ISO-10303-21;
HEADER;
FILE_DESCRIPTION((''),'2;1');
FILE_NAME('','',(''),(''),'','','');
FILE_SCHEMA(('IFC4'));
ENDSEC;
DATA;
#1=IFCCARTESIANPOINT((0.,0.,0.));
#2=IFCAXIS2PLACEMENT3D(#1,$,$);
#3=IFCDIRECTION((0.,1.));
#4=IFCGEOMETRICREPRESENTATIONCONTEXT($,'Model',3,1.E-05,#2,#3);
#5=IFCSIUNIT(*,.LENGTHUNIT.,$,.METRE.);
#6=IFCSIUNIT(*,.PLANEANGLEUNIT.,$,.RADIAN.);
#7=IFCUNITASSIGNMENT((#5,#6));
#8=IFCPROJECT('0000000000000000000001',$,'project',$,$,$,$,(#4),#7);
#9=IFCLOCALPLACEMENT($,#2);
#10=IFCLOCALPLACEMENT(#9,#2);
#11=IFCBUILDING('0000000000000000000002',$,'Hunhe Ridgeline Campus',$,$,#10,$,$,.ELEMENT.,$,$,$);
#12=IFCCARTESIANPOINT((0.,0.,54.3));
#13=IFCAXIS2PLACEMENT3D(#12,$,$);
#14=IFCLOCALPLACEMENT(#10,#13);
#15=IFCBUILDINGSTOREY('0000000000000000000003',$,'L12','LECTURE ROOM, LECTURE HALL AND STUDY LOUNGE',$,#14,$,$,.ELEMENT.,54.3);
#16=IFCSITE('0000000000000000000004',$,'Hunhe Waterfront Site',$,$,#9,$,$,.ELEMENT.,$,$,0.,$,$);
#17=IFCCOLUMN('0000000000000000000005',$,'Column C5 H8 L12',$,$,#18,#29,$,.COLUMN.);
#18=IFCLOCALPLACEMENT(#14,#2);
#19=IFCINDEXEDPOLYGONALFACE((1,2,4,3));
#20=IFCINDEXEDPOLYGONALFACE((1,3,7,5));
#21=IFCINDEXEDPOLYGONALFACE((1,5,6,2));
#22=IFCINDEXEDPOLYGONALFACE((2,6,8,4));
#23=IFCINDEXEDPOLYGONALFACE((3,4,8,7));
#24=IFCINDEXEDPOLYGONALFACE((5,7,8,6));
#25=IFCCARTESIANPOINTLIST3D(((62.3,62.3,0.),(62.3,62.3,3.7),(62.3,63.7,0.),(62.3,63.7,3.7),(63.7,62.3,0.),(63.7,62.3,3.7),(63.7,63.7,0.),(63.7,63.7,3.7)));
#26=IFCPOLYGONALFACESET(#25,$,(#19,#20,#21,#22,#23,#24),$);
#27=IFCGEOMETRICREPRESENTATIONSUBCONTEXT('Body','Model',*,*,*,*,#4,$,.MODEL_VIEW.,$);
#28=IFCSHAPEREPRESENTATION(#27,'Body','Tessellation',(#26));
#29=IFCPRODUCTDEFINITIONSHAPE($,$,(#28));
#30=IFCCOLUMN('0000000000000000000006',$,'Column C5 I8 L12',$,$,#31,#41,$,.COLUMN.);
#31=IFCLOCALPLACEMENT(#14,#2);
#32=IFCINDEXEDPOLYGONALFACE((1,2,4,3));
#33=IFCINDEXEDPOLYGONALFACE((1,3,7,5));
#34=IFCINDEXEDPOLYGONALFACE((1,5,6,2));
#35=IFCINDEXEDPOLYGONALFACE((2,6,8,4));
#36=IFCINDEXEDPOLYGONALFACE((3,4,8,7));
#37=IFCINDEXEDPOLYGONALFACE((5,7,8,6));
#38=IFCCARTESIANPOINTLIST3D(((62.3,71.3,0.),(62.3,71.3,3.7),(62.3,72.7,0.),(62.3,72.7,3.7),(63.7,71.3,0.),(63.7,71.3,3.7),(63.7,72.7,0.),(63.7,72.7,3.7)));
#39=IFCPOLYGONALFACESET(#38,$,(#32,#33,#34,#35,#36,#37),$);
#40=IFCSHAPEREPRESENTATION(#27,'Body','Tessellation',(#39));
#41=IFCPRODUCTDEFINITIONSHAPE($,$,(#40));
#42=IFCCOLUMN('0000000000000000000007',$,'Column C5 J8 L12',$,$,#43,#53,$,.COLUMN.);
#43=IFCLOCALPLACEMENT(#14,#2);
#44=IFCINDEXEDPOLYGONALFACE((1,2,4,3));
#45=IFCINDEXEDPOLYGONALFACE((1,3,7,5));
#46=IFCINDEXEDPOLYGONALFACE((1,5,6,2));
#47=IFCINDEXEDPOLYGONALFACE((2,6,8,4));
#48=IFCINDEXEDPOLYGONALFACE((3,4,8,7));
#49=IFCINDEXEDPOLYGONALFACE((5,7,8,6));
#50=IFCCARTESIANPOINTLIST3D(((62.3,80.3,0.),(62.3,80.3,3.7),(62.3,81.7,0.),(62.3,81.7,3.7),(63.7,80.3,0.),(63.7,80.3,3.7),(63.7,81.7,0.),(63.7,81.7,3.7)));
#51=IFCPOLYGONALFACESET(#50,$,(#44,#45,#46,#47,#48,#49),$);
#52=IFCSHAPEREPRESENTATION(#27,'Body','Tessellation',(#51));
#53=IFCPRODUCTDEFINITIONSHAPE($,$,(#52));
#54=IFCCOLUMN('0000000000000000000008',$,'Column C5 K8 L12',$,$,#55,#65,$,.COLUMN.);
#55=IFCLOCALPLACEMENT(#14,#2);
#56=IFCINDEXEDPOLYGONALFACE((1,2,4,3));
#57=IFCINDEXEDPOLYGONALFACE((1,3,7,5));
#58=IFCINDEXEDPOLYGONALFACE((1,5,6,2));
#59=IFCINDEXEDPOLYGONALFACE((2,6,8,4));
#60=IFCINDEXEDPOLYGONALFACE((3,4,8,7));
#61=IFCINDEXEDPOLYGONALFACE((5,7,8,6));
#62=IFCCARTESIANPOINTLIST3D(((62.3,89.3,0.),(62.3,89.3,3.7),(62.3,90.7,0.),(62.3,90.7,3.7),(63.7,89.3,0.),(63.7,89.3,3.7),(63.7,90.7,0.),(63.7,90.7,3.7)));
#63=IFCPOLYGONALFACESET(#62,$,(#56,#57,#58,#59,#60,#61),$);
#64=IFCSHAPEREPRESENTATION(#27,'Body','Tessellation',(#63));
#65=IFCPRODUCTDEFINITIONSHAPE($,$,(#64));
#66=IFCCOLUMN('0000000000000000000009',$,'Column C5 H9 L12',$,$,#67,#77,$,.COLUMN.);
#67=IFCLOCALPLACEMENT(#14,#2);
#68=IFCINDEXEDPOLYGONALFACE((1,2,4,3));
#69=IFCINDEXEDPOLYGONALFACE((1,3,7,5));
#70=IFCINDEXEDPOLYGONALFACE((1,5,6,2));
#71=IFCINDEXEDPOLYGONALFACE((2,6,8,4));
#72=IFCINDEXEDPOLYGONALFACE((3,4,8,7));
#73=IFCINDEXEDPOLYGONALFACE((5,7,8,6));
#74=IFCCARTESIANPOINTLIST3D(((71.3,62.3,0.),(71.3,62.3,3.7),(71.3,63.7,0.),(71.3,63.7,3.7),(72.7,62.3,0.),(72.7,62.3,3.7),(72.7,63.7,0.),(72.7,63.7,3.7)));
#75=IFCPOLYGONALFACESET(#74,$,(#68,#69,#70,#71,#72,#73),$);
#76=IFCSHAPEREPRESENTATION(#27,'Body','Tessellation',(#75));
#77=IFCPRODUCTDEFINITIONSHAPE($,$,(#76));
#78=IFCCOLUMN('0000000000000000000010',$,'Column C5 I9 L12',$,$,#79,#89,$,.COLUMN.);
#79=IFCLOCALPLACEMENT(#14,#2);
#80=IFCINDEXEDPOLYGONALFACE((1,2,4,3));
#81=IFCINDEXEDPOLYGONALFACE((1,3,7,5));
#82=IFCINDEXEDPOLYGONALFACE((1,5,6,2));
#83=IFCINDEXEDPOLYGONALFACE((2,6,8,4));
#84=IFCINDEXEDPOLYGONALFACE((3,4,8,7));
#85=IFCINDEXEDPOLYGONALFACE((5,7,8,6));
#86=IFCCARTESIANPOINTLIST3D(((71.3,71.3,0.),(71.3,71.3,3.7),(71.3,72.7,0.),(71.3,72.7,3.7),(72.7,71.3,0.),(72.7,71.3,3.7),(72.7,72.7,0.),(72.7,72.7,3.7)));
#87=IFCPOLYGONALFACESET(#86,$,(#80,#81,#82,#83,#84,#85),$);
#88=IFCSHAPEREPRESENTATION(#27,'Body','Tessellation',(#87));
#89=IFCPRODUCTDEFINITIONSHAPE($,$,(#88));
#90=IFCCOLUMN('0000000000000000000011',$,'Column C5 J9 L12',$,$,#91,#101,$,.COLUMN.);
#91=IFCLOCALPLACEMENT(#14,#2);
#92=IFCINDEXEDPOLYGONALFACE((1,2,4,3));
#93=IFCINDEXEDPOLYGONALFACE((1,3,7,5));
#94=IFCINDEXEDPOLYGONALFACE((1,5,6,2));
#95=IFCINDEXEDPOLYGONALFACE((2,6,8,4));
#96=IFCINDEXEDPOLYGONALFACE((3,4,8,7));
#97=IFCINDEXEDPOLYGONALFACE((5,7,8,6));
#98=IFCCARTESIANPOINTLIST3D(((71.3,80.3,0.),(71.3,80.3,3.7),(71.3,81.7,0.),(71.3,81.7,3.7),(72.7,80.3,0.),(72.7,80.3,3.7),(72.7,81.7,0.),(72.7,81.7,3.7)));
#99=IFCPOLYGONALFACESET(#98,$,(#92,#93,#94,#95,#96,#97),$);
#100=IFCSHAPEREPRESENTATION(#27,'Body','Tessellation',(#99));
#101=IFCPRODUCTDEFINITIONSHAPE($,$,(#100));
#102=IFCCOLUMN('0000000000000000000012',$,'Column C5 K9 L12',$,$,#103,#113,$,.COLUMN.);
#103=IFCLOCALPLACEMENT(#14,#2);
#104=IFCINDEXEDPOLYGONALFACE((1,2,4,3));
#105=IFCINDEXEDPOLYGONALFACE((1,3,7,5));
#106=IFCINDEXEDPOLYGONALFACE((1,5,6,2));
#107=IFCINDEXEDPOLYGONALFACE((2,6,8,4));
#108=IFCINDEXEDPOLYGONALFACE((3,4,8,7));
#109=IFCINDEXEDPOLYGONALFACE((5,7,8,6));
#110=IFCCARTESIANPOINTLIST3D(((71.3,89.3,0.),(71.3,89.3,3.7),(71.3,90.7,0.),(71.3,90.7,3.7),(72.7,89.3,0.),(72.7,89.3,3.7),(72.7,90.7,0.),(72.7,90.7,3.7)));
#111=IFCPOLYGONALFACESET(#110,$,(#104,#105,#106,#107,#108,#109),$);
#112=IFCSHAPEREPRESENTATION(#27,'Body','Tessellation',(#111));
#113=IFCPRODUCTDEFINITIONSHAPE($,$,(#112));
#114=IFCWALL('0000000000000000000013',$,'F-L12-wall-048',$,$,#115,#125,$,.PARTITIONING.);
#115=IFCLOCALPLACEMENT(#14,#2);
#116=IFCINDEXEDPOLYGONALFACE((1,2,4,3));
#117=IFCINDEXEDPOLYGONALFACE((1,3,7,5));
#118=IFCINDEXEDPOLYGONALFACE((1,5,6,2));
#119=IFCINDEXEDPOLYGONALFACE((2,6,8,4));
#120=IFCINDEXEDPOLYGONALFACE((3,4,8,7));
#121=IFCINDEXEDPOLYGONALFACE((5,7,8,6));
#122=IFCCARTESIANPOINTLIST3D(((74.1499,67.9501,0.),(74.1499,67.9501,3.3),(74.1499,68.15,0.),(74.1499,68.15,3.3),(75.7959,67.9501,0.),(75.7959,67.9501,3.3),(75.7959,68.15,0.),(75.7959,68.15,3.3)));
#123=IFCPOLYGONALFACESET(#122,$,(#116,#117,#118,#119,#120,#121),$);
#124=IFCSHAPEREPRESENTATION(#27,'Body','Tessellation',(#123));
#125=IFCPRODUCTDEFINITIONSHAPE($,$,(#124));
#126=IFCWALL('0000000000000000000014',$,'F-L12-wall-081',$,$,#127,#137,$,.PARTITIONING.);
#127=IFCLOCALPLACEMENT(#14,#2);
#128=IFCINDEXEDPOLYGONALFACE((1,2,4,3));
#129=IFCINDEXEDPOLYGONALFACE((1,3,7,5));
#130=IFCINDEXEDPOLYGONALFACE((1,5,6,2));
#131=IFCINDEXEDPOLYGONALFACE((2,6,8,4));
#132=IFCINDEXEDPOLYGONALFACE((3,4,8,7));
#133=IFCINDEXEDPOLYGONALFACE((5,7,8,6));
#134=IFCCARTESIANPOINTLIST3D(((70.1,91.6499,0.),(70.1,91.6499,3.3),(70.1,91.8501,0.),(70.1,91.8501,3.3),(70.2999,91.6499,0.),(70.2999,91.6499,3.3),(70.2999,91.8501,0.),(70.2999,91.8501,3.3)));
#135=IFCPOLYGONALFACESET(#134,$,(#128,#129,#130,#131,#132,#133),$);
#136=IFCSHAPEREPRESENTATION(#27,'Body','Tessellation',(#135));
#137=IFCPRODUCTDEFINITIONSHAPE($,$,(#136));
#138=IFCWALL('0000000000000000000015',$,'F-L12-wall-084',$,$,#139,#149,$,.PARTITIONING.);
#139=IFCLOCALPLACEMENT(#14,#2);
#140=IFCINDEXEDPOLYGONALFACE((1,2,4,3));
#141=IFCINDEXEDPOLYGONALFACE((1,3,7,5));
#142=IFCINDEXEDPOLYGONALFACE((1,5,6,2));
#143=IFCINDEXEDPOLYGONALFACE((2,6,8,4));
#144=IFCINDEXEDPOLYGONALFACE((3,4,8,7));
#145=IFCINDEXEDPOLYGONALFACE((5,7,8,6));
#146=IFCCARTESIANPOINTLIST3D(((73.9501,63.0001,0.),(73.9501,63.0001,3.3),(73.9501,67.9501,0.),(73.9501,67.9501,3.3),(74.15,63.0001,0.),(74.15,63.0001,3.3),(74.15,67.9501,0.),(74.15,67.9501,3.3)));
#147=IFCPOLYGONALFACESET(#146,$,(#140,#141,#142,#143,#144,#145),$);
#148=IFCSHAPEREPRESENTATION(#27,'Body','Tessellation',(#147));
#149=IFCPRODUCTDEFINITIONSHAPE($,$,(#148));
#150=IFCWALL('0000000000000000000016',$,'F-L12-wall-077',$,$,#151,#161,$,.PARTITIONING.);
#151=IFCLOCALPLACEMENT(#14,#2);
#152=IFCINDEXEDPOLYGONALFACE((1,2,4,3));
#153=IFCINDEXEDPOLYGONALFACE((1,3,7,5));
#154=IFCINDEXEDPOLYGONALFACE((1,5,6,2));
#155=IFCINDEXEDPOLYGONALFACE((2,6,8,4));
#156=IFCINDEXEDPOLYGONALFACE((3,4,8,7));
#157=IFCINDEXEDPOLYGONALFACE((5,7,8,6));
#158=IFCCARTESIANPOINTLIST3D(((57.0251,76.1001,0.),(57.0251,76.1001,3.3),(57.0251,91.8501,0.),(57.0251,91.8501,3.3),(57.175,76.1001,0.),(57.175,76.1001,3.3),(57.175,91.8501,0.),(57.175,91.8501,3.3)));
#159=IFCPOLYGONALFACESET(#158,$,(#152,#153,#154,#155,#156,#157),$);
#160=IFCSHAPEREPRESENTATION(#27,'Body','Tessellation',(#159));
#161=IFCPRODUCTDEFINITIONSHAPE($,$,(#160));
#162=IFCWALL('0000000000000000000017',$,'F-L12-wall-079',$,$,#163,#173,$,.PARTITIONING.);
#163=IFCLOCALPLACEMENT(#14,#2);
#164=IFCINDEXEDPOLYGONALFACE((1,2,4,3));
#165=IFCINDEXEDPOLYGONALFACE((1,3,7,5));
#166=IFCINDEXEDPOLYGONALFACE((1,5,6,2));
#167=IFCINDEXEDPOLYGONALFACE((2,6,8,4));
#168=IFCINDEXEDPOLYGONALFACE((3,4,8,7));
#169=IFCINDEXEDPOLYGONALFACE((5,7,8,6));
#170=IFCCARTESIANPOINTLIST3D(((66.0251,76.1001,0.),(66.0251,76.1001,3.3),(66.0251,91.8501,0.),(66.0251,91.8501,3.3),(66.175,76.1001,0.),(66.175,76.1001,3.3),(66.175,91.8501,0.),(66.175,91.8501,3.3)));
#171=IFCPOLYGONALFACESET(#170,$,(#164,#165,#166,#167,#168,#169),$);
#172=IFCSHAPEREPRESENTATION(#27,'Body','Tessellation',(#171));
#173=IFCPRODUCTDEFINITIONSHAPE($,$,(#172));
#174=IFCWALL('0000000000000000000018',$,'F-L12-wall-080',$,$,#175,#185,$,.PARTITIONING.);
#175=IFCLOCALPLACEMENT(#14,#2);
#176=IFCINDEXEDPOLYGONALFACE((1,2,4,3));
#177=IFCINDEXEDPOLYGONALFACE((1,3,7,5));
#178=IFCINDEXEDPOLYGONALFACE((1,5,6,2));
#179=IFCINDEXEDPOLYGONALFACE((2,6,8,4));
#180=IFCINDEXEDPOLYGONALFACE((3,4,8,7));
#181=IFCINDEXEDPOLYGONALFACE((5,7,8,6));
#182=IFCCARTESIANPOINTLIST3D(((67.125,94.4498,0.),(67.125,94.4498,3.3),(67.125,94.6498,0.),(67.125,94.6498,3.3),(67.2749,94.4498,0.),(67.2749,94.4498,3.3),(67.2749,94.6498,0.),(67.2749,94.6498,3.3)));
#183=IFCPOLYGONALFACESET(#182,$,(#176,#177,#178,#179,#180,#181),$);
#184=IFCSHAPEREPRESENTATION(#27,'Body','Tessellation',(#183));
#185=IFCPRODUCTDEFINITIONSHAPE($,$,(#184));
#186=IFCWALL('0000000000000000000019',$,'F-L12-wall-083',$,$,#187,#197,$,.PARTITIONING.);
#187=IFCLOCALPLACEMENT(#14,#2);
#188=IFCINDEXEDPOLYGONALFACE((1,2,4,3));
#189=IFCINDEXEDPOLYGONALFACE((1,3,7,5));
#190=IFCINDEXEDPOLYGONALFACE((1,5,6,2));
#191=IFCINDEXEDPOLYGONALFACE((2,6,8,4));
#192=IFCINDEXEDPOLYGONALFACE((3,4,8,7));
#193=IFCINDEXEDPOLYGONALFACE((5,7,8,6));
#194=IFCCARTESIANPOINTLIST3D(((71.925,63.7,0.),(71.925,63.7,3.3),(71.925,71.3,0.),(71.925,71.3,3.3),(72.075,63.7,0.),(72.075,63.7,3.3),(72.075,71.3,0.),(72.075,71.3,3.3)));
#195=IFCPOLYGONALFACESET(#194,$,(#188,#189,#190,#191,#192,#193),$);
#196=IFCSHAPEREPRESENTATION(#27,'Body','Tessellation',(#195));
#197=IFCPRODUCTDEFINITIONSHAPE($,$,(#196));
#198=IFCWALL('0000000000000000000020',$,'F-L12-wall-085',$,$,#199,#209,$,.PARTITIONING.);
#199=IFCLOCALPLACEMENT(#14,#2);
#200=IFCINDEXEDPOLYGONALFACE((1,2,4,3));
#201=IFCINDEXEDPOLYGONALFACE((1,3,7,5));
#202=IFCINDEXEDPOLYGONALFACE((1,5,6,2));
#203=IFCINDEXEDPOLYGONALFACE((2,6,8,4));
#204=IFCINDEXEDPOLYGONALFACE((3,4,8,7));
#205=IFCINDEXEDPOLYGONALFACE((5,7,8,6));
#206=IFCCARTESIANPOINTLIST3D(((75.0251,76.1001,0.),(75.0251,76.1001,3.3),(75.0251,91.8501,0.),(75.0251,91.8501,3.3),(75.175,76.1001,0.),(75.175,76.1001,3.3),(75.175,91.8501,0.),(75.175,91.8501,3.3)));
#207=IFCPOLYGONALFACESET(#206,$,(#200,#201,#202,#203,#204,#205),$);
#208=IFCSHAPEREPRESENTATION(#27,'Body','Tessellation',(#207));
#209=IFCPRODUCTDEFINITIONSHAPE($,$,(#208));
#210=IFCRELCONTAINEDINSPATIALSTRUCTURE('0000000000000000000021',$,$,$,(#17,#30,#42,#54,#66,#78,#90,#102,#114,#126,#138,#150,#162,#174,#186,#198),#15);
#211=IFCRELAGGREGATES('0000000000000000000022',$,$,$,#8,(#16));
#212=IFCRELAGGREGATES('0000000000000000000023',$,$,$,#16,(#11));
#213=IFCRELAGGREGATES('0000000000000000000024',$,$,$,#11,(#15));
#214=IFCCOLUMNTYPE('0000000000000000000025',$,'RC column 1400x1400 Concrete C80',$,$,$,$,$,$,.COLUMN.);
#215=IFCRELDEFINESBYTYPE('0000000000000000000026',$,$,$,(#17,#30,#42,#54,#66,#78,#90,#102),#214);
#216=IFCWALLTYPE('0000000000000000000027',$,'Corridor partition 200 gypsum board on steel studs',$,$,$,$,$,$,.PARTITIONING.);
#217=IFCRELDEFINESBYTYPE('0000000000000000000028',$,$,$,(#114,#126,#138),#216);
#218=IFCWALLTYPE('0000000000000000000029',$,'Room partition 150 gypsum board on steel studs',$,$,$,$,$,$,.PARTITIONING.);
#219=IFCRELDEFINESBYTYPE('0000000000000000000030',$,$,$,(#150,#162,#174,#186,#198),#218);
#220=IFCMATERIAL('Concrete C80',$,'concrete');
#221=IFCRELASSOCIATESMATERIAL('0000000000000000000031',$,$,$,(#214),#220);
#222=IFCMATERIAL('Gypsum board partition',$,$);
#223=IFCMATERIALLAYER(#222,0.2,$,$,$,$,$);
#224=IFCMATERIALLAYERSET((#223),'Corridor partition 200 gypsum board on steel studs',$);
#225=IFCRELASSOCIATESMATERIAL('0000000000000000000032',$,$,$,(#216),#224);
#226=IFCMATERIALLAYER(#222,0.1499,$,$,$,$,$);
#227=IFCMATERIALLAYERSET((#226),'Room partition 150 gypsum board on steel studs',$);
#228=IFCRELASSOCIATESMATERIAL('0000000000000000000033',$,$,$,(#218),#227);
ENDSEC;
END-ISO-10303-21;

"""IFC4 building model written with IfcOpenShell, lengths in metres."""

from ifc_helpers import new_model, si_unit, direction, frame, frame_2d, origin, origin_2d, place, context, subcontext, project, spatial, rectangle, extrude, material, layer, layer_set, material_profile, profile_set, type_object, element, save


model = new_model("IFC4")

# Units and contexts
model_context = context("Model", 3, precision=1e-05, world=origin(), true_north=direction((0.0, 1.0)))
body_context = subcontext(model_context, "Body", "Model", "MODEL_VIEW")
ifc_project = project(units=[si_unit("LENGTHUNIT", "METRE"), si_unit("PLANEANGLEUNIT", "RADIAN")], contexts=[model_context])

# Site, building, storey
site_placement = place(None, origin())
site = spatial("IfcSite", under=ifc_project, at=site_placement, Name="Hunhe Waterfront Site", CompositionType="ELEMENT", RefElevation=0.0)
building_placement = place(site_placement, origin())
building = spatial("IfcBuilding", under=site, at=building_placement, Name="Hunhe Ridgeline Campus", CompositionType="ELEMENT")
storey_placement = place(building_placement, frame((0.0, 0.0, 54.3)))
storey = spatial("IfcBuildingStorey", under=building, at=storey_placement, Name="L12", Description="LECTURE ROOM, LECTURE HALL AND STUDY LOUNGE", CompositionType="ELEMENT", Elevation=54.3)

# Columns
ifc_material_1 = material(Name="Concrete C80", Category="concrete")
ifc_material_profile = material_profile(ifc_material_1, rectangle(XDim=1.3999, YDim=1.3999, at=origin_2d()))
ifc_profile_set = profile_set([ifc_material_profile], Name="Concrete C80")
column_type = type_object("IfcColumnType", Name="RC column 1400x1400 Concrete C80", PredefinedType="COLUMN", material=ifc_profile_set)
for number, where, z_axis, x_axis, name in (
    (1, (63.0, 63.0, 0.0), (0.0, 0.0, 1.0), (1.0, 0.0, 0.0), "Column C5 H8 L12"),
    (2, (63.0, 72.0, 0.0), (0.0, 0.0, 1.0), (1.0, 0.0, 0.0), "Column C5 I8 L12"),
    (3, (63.0, 81.0, 0.0), (0.0, 0.0, 1.0), (1.0, 0.0, 0.0), "Column C5 J8 L12"),
    (4, (63.0, 90.0, 0.0), (0.0, 0.0, 1.0), (1.0, 0.0, 0.0), "Column C5 K8 L12"),
    (5, (72.0, 63.0, 0.0), (0.0, 0.0, 1.0), (1.0, 0.0, 0.0), "Column C5 H9 L12"),
    (6, (72.0, 72.0, 0.0), (0.0, 0.0, 1.0), (1.0, 0.0, 0.0), "Column C5 I9 L12"),
    (7, (72.0, 81.0, 0.0), (0.0, 0.0, 1.0), (1.0, 0.0, 0.0), "Column C5 J9 L12"),
    (8, (72.0, 90.0, 0.0), (0.0, 0.0, 1.0), (1.0, 0.0, 0.0), "Column C5 K9 L12"),
):
    element("IfcColumn", number, at=place(storey_placement, frame(where, z_axis=z_axis, x_axis=x_axis)), inside=storey, type_object=column_type, Name=name, PredefinedType="COLUMN", context=body_context, shape_type="SweptSolid", body=[
        extrude(rectangle(XDim=1.3999, YDim=1.3999, at=origin_2d()), origin(), (0.0, 0.0, 1.0), 3.7),
    ])

# Wall
ifc_material_2 = material(Name="Gypsum board partition")
ifc_layer_1 = layer(ifc_material_2, 0.2)
ifc_layer_set_1 = layer_set([ifc_layer_1], Name="Corridor partition 200 gypsum board on steel studs")
wall_type_1 = type_object("IfcWallType", Name="Corridor partition 200 gypsum board on steel studs", PredefinedType="PARTITIONING", material=ifc_layer_set_1)
wall_1_placement = place(storey_placement, frame((74.1499, 68.05, 0.0), z_axis=(0.0, 0.0, 1.0), x_axis=(1.0, 0.0, 0.0)))
element("IfcWall", 9, at=wall_1_placement, inside=storey, type_object=wall_type_1, Name="F-L12-wall-048", PredefinedType="PARTITIONING", context=body_context, shape_type="SweptSolid", body=[
    extrude(rectangle(XDim=1.646, YDim=0.2, at=frame_2d((0.823, 0.0))), origin(), (0.0, 0.0, 1.0), 3.3),
])

# Walls
wall_2_placement = place(storey_placement, frame((70.2, 91.8501, 0.0), z_axis=(0.0, 0.0, 1.0), x_axis=(0.0, -1.0, 0.0)))
element("IfcWall", 10, at=wall_2_placement, inside=storey, type_object=wall_type_1, Name="F-L12-wall-081", PredefinedType="PARTITIONING", context=body_context, shape_type="SweptSolid", body=[
    extrude(rectangle(XDim=0.2002, YDim=0.2, at=frame_2d((0.1001, 0.0))), origin(), (0.0, 0.0, 1.0), 3.3),
])
wall_3_placement = place(storey_placement, frame((74.05, 63.0, 0.0), z_axis=(0.0, 0.0, 1.0), x_axis=(0.0, 1.0, 0.0)))
element("IfcWall", 11, at=wall_3_placement, inside=storey, type_object=wall_type_1, Name="F-L12-wall-084", PredefinedType="PARTITIONING", context=body_context, shape_type="SweptSolid", body=[
    extrude(rectangle(XDim=4.95, YDim=0.2, at=frame_2d((2.4751, 0.0))), origin(), (0.0, 0.0, 1.0), 3.3),
])
ifc_layer_2 = layer(ifc_material_2, 0.1499)
ifc_layer_set_2 = layer_set([ifc_layer_2], Name="Room partition 150 gypsum board on steel studs")
wall_type_2 = type_object("IfcWallType", Name="Room partition 150 gypsum board on steel studs", PredefinedType="PARTITIONING", material=ifc_layer_set_2)
for number, where, z_axis, x_axis, name in (
    (12, (57.1001, 91.8501, 0.0), (0.0, 0.0, 1.0), (0.0, -1.0, 0.0), "F-L12-wall-077"),
    (13, (66.1001, 91.8501, 0.0), (0.0, 0.0, 1.0), (0.0, -1.0, 0.0), "F-L12-wall-079"),
):
    element("IfcWall", number, at=place(storey_placement, frame(where, z_axis=z_axis, x_axis=x_axis)), inside=storey, type_object=wall_type_2, Name=name, PredefinedType="PARTITIONING", context=body_context, shape_type="SweptSolid", body=[
        extrude(rectangle(XDim=15.75, YDim=0.1499, at=frame_2d((7.875, 0.0))), origin(), (0.0, 0.0, 1.0), 3.3),
    ])
wall_4_placement = place(storey_placement, frame((67.2, 94.6499, 0.0), z_axis=(0.0, 0.0, 1.0), x_axis=(0.0, -1.0, 0.0)))
element("IfcWall", 14, at=wall_4_placement, inside=storey, type_object=wall_type_2, Name="F-L12-wall-080", PredefinedType="PARTITIONING", context=body_context, shape_type="SweptSolid", body=[
    extrude(rectangle(XDim=0.2, YDim=0.1499, at=frame_2d((0.1001, 0.0))), origin(), (0.0, 0.0, 1.0), 3.3),
])
wall_5_placement = place(storey_placement, frame((72.0, 71.3, 0.0), z_axis=(0.0, 0.0, 1.0), x_axis=(0.0, -1.0, 0.0)))
element("IfcWall", 15, at=wall_5_placement, inside=storey, type_object=wall_type_2, Name="F-L12-wall-083", PredefinedType="PARTITIONING", context=body_context, shape_type="SweptSolid", body=[
    extrude(rectangle(XDim=7.6001, YDim=0.1499, at=frame_2d((3.8, 0.0))), origin(), (0.0, 0.0, 1.0), 3.3),
])
wall_6_placement = place(storey_placement, frame((75.1001, 91.8501, 0.0), z_axis=(0.0, 0.0, 1.0), x_axis=(0.0, -1.0, 0.0)))
element("IfcWall", 16, at=wall_6_placement, inside=storey, type_object=wall_type_2, Name="F-L12-wall-085", PredefinedType="PARTITIONING", context=body_context, shape_type="SweptSolid", body=[
    extrude(rectangle(XDim=15.75, YDim=0.1499, at=frame_2d((7.875, 0.0))), origin(), (0.0, 0.0, 1.0), 3.3),
])

save(model, "model.ifc")
